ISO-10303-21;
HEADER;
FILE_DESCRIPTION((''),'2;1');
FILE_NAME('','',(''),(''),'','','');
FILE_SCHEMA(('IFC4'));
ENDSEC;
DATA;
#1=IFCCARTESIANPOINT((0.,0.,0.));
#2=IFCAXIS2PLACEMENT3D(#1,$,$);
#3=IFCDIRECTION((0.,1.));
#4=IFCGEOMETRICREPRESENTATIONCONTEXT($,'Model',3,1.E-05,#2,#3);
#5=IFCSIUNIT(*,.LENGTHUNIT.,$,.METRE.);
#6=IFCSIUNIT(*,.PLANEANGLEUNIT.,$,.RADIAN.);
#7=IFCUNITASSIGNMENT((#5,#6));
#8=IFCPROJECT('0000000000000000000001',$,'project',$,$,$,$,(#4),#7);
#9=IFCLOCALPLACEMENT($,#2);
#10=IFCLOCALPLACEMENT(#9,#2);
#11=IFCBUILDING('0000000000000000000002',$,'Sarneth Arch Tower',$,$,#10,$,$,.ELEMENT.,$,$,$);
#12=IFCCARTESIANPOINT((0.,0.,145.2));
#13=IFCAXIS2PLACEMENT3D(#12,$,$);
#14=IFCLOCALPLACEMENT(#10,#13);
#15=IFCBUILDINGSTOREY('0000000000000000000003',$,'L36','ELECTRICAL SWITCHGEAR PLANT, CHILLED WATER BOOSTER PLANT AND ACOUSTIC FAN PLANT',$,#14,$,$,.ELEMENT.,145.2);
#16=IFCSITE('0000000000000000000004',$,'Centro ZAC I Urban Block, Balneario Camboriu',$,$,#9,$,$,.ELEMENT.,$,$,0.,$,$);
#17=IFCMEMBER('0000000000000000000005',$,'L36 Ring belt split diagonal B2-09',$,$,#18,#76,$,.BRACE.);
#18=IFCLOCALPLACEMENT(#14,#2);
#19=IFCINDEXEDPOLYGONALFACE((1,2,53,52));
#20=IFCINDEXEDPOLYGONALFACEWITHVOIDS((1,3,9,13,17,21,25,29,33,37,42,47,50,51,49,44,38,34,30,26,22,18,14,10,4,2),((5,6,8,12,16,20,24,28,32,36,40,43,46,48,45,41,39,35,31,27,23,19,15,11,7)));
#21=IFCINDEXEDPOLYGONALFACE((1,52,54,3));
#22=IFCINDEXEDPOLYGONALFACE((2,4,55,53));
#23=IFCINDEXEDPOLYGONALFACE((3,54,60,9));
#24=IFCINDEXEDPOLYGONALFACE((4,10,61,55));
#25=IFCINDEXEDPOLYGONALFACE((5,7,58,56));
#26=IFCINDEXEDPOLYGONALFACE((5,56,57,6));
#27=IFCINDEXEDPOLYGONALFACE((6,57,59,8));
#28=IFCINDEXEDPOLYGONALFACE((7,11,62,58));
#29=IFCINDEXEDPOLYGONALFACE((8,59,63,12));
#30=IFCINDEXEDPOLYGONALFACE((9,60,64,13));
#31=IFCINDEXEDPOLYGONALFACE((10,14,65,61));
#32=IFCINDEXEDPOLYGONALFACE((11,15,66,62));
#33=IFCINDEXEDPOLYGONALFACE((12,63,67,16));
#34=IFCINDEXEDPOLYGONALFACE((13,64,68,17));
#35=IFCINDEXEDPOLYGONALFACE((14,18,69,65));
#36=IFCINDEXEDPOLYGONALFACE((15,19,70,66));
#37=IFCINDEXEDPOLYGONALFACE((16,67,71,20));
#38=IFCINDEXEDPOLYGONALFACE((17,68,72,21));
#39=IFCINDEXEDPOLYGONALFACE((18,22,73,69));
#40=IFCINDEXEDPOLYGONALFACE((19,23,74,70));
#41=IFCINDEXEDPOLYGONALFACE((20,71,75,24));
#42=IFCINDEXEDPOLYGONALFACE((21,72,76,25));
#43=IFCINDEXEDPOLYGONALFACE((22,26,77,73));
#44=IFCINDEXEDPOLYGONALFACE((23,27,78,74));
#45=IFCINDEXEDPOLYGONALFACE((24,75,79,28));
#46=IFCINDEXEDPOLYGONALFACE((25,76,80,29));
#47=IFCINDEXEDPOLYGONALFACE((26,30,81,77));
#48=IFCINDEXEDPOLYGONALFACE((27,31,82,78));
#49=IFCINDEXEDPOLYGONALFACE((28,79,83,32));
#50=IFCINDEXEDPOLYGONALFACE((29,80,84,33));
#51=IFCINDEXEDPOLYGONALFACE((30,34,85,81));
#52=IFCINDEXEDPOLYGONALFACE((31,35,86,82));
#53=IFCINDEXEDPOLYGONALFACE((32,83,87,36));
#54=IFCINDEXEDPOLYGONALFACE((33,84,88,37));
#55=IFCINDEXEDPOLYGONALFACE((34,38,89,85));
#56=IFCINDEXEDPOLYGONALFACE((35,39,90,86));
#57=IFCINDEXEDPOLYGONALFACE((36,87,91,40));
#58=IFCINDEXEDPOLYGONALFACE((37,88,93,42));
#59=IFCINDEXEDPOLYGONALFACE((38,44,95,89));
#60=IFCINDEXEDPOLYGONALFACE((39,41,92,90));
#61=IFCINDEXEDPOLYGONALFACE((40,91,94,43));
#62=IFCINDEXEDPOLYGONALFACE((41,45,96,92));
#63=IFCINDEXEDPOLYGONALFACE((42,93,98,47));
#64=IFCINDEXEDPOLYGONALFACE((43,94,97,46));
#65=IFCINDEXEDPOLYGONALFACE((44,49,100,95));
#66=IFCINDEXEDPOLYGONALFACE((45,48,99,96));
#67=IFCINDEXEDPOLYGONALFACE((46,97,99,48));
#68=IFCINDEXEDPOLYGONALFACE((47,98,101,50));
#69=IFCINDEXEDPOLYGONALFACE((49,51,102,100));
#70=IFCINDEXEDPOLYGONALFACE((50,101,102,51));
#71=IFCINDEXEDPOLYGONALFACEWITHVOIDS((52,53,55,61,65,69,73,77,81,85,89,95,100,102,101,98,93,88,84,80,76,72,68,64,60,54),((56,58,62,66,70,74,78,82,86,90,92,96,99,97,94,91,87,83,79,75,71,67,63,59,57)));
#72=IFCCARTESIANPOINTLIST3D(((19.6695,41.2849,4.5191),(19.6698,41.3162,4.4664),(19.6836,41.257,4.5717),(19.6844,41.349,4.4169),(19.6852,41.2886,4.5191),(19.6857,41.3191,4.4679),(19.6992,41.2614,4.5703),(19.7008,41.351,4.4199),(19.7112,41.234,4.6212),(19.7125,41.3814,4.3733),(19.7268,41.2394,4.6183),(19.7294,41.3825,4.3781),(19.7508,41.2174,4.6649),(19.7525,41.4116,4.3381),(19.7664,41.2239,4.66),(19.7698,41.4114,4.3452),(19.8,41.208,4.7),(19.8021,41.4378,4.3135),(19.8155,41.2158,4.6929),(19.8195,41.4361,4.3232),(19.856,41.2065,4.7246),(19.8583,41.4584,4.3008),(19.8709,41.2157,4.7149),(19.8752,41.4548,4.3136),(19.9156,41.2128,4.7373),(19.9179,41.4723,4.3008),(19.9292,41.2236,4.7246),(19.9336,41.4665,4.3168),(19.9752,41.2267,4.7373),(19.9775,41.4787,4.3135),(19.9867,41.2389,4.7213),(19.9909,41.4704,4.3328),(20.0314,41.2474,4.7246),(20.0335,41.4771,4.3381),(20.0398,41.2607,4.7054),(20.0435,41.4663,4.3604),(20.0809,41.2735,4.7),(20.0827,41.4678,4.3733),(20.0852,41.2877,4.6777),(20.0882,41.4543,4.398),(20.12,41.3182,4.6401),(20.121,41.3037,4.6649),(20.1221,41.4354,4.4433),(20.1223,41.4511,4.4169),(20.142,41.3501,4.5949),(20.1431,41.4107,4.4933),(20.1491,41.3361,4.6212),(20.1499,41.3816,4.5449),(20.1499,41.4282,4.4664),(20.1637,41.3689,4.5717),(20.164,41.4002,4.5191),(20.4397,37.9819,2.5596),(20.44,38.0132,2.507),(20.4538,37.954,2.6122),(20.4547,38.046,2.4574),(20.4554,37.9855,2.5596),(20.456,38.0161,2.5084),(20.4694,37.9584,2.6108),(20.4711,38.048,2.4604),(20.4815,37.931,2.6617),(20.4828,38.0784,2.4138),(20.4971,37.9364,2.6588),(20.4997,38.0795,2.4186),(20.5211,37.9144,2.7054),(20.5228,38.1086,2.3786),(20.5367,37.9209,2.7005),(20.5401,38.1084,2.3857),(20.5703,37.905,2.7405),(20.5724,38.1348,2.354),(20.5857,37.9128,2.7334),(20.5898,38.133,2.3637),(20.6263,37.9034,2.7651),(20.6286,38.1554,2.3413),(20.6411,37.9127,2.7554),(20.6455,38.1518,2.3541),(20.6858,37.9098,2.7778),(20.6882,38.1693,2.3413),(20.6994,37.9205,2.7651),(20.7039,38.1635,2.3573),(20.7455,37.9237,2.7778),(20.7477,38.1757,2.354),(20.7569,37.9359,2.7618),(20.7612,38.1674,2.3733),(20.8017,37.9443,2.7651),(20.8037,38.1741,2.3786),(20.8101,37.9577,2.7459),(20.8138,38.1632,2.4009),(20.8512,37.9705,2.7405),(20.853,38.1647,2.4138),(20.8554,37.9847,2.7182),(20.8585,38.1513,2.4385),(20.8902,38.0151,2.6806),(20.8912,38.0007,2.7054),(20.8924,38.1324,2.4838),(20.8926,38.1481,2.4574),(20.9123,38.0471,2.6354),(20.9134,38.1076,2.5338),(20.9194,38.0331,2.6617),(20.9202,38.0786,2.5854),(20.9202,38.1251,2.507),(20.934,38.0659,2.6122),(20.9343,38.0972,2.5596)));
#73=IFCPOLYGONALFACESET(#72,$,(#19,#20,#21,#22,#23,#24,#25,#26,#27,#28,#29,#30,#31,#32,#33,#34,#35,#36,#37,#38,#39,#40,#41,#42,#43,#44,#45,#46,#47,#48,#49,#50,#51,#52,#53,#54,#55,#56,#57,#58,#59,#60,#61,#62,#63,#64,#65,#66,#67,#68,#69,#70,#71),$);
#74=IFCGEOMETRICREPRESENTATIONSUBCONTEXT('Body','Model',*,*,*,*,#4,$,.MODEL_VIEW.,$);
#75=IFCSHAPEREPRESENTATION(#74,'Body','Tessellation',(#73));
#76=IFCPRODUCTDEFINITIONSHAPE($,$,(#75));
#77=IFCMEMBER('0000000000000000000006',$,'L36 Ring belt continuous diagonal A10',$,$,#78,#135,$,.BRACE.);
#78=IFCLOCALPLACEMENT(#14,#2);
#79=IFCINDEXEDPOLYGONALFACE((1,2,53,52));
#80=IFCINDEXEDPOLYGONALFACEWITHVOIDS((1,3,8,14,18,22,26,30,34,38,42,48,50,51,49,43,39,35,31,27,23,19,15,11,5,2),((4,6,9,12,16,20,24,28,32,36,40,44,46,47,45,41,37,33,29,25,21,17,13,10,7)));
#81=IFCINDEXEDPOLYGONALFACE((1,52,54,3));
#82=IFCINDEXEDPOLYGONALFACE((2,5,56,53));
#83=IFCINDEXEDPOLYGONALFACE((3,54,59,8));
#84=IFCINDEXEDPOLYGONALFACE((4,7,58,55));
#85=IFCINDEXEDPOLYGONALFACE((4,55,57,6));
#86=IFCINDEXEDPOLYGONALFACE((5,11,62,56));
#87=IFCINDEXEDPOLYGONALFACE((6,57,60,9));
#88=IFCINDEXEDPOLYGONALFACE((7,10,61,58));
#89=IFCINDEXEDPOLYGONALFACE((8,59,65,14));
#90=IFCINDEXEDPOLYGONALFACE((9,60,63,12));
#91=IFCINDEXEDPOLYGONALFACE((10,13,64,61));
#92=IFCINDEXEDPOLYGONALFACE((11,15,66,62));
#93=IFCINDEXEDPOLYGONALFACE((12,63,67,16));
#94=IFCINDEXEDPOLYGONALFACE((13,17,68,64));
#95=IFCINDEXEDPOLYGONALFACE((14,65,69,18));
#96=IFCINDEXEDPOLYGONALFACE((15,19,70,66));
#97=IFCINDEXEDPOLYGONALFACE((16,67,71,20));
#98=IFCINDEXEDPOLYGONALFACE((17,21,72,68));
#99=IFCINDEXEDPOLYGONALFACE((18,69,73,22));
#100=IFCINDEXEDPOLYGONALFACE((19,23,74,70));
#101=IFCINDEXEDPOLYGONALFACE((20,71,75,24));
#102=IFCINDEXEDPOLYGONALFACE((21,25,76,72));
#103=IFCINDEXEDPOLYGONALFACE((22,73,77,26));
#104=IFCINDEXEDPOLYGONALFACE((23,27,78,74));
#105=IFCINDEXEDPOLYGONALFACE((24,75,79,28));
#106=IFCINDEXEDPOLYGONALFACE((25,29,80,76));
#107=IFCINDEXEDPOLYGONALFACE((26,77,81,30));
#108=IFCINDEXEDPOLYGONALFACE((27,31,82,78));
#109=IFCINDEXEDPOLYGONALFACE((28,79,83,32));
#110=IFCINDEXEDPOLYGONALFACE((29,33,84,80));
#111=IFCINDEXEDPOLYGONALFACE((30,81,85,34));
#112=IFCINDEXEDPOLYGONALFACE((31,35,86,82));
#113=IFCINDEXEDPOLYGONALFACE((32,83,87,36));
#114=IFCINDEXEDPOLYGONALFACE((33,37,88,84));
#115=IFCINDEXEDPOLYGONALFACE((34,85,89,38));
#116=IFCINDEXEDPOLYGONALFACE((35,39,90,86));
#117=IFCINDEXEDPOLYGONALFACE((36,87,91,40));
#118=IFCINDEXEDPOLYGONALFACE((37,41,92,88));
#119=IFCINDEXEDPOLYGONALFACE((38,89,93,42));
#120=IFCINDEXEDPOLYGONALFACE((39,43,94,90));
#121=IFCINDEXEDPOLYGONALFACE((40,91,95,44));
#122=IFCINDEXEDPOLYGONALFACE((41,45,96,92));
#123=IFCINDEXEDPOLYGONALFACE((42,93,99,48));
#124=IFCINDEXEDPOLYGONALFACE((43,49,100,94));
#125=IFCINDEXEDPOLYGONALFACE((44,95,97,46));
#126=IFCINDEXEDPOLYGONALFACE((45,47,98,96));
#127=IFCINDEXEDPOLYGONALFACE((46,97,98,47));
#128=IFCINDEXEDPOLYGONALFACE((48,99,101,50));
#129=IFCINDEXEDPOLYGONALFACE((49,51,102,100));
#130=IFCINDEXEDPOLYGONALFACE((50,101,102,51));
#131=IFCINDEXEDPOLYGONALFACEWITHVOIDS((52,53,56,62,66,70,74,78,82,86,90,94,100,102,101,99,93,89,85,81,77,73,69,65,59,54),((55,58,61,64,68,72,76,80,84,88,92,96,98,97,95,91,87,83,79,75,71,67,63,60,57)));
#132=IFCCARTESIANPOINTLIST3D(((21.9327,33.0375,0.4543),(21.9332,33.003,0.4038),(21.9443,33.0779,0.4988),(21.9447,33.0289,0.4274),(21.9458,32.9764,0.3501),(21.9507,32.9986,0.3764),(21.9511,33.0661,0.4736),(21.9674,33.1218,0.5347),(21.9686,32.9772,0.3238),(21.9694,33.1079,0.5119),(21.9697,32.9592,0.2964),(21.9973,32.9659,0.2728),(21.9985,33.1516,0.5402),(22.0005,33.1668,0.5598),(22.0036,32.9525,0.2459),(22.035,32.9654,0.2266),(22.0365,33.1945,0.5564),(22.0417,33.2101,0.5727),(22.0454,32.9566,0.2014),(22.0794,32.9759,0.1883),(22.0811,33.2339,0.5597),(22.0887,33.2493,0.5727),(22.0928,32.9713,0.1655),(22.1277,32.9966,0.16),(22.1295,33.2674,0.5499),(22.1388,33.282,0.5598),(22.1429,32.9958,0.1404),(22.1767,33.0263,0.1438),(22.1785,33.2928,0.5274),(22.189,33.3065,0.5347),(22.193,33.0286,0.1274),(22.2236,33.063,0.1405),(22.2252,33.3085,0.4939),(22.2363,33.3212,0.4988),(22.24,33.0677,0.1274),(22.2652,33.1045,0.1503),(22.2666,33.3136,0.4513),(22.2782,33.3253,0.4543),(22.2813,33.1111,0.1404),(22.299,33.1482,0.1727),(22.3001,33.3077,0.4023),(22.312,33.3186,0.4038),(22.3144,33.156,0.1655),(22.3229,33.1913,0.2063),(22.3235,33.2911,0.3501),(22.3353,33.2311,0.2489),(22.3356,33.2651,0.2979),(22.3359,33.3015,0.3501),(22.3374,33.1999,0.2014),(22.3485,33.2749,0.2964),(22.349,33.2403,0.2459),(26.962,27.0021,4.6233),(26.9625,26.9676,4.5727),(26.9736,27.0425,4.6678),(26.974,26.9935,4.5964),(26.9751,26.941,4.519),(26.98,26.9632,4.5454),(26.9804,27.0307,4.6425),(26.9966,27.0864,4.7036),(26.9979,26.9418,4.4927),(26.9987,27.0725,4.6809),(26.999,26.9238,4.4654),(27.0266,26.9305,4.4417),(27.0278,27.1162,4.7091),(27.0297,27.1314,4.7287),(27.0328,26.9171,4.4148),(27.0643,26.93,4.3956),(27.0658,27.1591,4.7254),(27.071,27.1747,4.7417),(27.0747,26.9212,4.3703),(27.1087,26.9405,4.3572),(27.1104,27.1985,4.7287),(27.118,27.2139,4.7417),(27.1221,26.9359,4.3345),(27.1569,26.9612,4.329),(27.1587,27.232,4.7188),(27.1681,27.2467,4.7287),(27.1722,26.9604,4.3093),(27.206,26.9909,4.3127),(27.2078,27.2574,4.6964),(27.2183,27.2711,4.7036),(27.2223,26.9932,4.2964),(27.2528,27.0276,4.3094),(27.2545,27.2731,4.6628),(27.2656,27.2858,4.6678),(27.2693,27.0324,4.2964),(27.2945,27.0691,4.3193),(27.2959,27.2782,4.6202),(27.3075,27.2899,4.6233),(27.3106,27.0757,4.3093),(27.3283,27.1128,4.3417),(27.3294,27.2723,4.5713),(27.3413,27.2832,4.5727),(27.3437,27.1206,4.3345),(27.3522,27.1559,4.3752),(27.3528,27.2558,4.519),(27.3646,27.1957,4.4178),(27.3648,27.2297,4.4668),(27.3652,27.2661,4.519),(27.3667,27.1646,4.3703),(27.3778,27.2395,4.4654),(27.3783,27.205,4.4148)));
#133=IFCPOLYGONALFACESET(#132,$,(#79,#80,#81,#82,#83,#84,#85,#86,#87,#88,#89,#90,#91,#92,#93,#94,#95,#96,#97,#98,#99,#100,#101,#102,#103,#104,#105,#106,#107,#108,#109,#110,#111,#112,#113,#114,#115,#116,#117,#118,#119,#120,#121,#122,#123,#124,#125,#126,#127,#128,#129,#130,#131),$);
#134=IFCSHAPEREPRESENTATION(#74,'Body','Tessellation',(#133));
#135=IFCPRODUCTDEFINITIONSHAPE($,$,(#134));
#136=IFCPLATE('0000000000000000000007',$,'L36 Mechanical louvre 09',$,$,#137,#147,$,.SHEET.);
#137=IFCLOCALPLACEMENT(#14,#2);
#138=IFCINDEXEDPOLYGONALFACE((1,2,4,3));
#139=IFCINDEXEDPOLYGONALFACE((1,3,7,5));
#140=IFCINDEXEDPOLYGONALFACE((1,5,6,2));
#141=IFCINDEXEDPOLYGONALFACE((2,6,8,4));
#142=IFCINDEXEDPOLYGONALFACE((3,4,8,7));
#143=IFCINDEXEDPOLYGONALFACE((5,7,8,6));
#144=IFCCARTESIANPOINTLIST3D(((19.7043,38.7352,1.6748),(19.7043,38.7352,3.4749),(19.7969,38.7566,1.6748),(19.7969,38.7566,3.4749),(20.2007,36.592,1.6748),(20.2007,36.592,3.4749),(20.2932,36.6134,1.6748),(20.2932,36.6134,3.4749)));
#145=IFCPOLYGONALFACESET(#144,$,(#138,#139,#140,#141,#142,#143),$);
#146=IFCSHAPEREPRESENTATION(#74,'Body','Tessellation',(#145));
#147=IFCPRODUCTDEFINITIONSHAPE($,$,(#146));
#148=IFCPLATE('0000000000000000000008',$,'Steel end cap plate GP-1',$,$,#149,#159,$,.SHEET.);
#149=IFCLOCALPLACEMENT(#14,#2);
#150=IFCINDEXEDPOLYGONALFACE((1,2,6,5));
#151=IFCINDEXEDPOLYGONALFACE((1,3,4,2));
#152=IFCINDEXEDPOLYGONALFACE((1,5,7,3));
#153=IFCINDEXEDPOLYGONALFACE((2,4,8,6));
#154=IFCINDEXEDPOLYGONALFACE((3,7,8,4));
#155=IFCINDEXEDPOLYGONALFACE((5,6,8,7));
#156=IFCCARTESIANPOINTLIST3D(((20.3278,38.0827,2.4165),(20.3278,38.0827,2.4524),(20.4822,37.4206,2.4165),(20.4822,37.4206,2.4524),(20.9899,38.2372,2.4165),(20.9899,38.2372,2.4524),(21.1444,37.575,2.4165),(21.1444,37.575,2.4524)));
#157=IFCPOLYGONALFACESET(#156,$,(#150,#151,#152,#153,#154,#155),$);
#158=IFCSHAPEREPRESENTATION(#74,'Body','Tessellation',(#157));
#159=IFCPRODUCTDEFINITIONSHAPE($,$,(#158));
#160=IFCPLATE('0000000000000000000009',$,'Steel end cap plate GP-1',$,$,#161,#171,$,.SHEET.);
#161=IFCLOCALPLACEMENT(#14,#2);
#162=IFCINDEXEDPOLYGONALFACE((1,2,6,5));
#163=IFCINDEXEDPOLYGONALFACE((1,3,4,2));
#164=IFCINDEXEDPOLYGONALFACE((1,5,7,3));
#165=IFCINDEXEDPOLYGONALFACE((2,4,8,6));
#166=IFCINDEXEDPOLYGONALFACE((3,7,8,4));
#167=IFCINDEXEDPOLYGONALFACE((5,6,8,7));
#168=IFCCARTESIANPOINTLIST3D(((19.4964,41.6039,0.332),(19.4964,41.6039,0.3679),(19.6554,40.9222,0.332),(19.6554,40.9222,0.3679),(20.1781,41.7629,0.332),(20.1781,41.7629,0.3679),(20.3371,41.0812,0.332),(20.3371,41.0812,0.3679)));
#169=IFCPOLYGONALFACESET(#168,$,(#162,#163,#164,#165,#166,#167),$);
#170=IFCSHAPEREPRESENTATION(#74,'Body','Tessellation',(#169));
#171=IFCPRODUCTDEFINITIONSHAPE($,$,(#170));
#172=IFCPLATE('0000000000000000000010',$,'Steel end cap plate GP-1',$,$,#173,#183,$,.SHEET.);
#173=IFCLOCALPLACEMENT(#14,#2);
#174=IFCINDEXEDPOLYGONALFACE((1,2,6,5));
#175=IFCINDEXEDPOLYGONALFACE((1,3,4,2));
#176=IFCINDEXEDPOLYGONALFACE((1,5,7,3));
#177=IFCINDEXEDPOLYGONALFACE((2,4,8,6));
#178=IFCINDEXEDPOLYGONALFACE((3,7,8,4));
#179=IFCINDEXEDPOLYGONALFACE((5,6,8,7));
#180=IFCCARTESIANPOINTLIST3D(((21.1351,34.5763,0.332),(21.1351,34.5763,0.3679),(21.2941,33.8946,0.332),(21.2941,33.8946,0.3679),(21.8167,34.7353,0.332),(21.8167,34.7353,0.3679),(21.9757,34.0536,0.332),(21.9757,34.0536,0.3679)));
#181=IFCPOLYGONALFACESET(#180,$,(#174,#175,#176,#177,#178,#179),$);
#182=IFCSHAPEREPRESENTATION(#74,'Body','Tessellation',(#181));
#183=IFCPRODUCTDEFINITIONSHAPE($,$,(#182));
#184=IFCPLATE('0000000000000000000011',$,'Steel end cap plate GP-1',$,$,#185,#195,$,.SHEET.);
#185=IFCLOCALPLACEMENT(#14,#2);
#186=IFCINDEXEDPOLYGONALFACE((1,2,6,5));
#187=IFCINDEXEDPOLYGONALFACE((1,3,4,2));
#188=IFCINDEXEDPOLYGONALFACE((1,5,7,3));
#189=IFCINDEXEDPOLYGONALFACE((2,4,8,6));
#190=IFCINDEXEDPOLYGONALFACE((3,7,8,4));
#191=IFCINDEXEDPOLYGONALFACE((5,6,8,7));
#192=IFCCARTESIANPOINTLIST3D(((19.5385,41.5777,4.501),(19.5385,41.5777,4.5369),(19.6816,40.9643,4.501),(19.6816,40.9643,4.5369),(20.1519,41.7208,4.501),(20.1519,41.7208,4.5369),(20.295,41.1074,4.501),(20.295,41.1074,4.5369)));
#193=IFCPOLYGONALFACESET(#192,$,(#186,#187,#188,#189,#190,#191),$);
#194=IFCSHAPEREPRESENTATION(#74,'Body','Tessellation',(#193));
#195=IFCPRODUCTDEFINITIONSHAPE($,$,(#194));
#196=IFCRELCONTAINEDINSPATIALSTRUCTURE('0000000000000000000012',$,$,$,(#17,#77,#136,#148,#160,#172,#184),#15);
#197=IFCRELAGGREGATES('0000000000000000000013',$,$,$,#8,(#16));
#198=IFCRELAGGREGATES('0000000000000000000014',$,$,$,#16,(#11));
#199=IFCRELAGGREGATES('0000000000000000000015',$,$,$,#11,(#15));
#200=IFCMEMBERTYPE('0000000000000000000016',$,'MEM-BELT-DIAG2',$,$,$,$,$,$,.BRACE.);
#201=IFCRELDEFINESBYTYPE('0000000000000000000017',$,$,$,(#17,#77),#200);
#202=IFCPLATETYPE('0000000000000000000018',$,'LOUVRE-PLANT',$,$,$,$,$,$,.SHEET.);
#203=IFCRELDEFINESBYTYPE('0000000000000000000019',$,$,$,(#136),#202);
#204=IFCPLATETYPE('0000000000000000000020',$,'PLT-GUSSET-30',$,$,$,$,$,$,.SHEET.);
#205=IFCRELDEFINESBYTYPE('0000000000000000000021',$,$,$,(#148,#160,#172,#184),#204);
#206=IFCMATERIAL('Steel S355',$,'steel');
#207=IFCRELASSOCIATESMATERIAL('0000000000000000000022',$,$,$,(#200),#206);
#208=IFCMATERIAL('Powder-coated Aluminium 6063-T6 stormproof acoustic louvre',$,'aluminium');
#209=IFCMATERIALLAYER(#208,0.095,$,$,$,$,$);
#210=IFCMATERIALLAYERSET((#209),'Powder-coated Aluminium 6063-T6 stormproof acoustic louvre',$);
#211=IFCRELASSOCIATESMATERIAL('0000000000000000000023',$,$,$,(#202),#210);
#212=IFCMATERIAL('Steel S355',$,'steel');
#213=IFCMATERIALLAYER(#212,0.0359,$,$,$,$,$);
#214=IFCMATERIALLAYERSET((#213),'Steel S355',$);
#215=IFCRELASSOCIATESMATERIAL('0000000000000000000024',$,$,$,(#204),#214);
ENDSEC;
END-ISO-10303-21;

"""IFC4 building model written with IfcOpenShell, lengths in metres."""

from ifc_helpers import new_model, si_unit, direction, frame, origin, origin_2d, place, context, subcontext, project, spatial, rectangle, hollow_circle, extrude, material, layer, layer_set, material_profile, profile_set, type_object, element, save


model = new_model("IFC4")

# Units and contexts
model_context = context("Model", 3, precision=1e-05, world=origin(), true_north=direction((0.0, 1.0)))
body_context = subcontext(model_context, "Body", "Model", "MODEL_VIEW")
ifc_project = project(units=[si_unit("LENGTHUNIT", "METRE"), si_unit("PLANEANGLEUNIT", "RADIAN")], contexts=[model_context])

# Site, building, storey
site_placement = place(None, origin())
site = spatial("IfcSite", under=ifc_project, at=site_placement, Name="Centro ZAC I Urban Block, Balneario Camboriu", CompositionType="ELEMENT", RefElevation=0.0)
building_placement = place(site_placement, origin())
building = spatial("IfcBuilding", under=site, at=building_placement, Name="Sarneth Arch Tower", CompositionType="ELEMENT")
storey_placement = place(building_placement, frame((0.0, 0.0, 145.2)))
storey = spatial("IfcBuildingStorey", under=building, at=storey_placement, Name="L36", Description="ELECTRICAL SWITCHGEAR PLANT, CHILLED WATER BOOSTER PLANT AND ACOUSTIC FAN PLANT", CompositionType="ELEMENT", Elevation=145.2)

# Members
ifc_material_1 = material(Name="Steel S355", Category="steel")
ifc_material_profile_1 = material_profile(ifc_material_1, hollow_circle(Radius=0.2539, WallThickness=0.0161, at=origin_2d()), Name="CHS508x16")
ifc_profile_set_1 = profile_set([ifc_material_profile_1], Name="Steel S355")
member_type_1 = type_object("IfcMemberType", Name="MEM-BELT-DIAG2", PredefinedType="BRACE", material=ifc_profile_set_1)
for number, where, z_axis, x_axis, name in (
    (1, (20.687, 38.0396, 2.5596), (-0.196649, 0.843252, 0.500255), (-0.973869, -0.227109, 0.0), "L36 Ring belt split diagonal B2-09"),
):
    element("IfcMember", number, at=place(storey_placement, frame(where, z_axis=z_axis, x_axis=x_axis)), inside=storey, type_object=member_type_1, Name=name, PredefinedType="BRACE", context=body_context, shape_type="SweptSolid", body=[
        extrude(hollow_circle(Radius=0.2539, WallThickness=0.0161, at=origin_2d()), origin(), (0.0, 0.0, 1.0), 3.917),
    ])
member_1_placement = place(storey_placement, frame((22.1409, 33.1389, 0.3501), z_axis=(0.565482, -0.678606, 0.468746), x_axis=(0.768234, 0.640169, 0.0)))
element("IfcMember", 2, at=member_1_placement, inside=storey, type_object=member_type_1, Name="L36 Ring belt continuous diagonal A10", PredefinedType="BRACE", context=body_context, shape_type="SweptSolid", body=[
    extrude(hollow_circle(Radius=0.2539, WallThickness=0.0161, at=origin_2d()), origin(), (0.0, 0.0, 1.0), 8.8938),
])

# Plates
ifc_material_2 = material(Name="Powder-coated Aluminium 6063-T6 stormproof acoustic louvre", Category="aluminium")
ifc_layer_1 = layer(ifc_material_2, 0.095)
ifc_layer_set_1 = layer_set([ifc_layer_1], Name="Powder-coated Aluminium 6063-T6 stormproof acoustic louvre")
plate_type_1 = type_object("IfcPlateType", Name="LOUVRE-PLANT", PredefinedType="SHEET", material=ifc_layer_set_1)
plate_1_placement = place(storey_placement, frame((19.9988, 37.6743, 1.6748), z_axis=(0.0, 0.0, 1.0), x_axis=(0.225631, -0.974213, 0.0)))
element("IfcPlate", 3, at=plate_1_placement, inside=storey, type_object=plate_type_1, Name="L36 Mechanical louvre 09", PredefinedType="SHEET", context=body_context, shape_type="SweptSolid", body=[
    extrude(rectangle(XDim=2.2, YDim=0.095, at=origin_2d()), origin(), (0.0, 0.0, 1.0), 1.8),
])
ifc_material_3 = material(Name="Steel S355", Category="steel")
ifc_layer_2 = layer(ifc_material_3, 0.0359)
ifc_layer_set_2 = layer_set([ifc_layer_2], Name="Steel S355")
plate_type_2 = type_object("IfcPlateType", Name="PLT-GUSSET-30", PredefinedType="SHEET", material=ifc_layer_set_2)
plate_2_placement = place(storey_placement, frame((20.7361, 37.8289, 2.4165), z_axis=(0.0, 0.0, 1.0), x_axis=(0.227161, -0.973857, 0.0)))
element("IfcPlate", 4, at=plate_2_placement, inside=storey, type_object=plate_type_2, Name="Steel end cap plate GP-1", PredefinedType="SHEET", context=body_context, shape_type="SweptSolid", body=[
    extrude(rectangle(XDim=0.6799, YDim=0.6799, at=origin_2d()), origin(), (0.0, 0.0, 1.0), 0.0359),
])
for number, where, z_axis, x_axis, name in (
    (5, (19.9167, 41.3425, 0.332), (0.0, 0.0, 1.0), (-0.227161, 0.973857, 0.0), "Steel end cap plate GP-1"),
    (6, (21.5554, 34.3149, 0.332), (0.0, 0.0, 1.0), (0.227161, -0.973857, 0.0), "Steel end cap plate GP-1"),
):
    element("IfcPlate", number, at=place(storey_placement, frame(where, z_axis=z_axis, x_axis=x_axis)), inside=storey, type_object=plate_type_2, Name=name, PredefinedType="SHEET", context=body_context, shape_type="SweptSolid", body=[
        extrude(rectangle(XDim=0.7, YDim=0.7, at=origin_2d()), origin(), (0.0, 0.0, 1.0), 0.0359),
    ])
for number, where, z_axis, x_axis, name in (
    (7, (19.9167, 41.3425, 4.501), (0.0, 0.0, 1.0), (-0.227161, 0.973857, 0.0), "Steel end cap plate GP-1"),
):
    element("IfcPlate", number, at=place(storey_placement, frame(where, z_axis=z_axis, x_axis=x_axis)), inside=storey, type_object=plate_type_2, Name=name, PredefinedType="SHEET", context=body_context, shape_type="SweptSolid", body=[
        extrude(rectangle(XDim=0.6299, YDim=0.6299, at=origin_2d()), origin(), (0.0, 0.0, 1.0), 0.0359),
    ])

save(model, "model.ifc")
